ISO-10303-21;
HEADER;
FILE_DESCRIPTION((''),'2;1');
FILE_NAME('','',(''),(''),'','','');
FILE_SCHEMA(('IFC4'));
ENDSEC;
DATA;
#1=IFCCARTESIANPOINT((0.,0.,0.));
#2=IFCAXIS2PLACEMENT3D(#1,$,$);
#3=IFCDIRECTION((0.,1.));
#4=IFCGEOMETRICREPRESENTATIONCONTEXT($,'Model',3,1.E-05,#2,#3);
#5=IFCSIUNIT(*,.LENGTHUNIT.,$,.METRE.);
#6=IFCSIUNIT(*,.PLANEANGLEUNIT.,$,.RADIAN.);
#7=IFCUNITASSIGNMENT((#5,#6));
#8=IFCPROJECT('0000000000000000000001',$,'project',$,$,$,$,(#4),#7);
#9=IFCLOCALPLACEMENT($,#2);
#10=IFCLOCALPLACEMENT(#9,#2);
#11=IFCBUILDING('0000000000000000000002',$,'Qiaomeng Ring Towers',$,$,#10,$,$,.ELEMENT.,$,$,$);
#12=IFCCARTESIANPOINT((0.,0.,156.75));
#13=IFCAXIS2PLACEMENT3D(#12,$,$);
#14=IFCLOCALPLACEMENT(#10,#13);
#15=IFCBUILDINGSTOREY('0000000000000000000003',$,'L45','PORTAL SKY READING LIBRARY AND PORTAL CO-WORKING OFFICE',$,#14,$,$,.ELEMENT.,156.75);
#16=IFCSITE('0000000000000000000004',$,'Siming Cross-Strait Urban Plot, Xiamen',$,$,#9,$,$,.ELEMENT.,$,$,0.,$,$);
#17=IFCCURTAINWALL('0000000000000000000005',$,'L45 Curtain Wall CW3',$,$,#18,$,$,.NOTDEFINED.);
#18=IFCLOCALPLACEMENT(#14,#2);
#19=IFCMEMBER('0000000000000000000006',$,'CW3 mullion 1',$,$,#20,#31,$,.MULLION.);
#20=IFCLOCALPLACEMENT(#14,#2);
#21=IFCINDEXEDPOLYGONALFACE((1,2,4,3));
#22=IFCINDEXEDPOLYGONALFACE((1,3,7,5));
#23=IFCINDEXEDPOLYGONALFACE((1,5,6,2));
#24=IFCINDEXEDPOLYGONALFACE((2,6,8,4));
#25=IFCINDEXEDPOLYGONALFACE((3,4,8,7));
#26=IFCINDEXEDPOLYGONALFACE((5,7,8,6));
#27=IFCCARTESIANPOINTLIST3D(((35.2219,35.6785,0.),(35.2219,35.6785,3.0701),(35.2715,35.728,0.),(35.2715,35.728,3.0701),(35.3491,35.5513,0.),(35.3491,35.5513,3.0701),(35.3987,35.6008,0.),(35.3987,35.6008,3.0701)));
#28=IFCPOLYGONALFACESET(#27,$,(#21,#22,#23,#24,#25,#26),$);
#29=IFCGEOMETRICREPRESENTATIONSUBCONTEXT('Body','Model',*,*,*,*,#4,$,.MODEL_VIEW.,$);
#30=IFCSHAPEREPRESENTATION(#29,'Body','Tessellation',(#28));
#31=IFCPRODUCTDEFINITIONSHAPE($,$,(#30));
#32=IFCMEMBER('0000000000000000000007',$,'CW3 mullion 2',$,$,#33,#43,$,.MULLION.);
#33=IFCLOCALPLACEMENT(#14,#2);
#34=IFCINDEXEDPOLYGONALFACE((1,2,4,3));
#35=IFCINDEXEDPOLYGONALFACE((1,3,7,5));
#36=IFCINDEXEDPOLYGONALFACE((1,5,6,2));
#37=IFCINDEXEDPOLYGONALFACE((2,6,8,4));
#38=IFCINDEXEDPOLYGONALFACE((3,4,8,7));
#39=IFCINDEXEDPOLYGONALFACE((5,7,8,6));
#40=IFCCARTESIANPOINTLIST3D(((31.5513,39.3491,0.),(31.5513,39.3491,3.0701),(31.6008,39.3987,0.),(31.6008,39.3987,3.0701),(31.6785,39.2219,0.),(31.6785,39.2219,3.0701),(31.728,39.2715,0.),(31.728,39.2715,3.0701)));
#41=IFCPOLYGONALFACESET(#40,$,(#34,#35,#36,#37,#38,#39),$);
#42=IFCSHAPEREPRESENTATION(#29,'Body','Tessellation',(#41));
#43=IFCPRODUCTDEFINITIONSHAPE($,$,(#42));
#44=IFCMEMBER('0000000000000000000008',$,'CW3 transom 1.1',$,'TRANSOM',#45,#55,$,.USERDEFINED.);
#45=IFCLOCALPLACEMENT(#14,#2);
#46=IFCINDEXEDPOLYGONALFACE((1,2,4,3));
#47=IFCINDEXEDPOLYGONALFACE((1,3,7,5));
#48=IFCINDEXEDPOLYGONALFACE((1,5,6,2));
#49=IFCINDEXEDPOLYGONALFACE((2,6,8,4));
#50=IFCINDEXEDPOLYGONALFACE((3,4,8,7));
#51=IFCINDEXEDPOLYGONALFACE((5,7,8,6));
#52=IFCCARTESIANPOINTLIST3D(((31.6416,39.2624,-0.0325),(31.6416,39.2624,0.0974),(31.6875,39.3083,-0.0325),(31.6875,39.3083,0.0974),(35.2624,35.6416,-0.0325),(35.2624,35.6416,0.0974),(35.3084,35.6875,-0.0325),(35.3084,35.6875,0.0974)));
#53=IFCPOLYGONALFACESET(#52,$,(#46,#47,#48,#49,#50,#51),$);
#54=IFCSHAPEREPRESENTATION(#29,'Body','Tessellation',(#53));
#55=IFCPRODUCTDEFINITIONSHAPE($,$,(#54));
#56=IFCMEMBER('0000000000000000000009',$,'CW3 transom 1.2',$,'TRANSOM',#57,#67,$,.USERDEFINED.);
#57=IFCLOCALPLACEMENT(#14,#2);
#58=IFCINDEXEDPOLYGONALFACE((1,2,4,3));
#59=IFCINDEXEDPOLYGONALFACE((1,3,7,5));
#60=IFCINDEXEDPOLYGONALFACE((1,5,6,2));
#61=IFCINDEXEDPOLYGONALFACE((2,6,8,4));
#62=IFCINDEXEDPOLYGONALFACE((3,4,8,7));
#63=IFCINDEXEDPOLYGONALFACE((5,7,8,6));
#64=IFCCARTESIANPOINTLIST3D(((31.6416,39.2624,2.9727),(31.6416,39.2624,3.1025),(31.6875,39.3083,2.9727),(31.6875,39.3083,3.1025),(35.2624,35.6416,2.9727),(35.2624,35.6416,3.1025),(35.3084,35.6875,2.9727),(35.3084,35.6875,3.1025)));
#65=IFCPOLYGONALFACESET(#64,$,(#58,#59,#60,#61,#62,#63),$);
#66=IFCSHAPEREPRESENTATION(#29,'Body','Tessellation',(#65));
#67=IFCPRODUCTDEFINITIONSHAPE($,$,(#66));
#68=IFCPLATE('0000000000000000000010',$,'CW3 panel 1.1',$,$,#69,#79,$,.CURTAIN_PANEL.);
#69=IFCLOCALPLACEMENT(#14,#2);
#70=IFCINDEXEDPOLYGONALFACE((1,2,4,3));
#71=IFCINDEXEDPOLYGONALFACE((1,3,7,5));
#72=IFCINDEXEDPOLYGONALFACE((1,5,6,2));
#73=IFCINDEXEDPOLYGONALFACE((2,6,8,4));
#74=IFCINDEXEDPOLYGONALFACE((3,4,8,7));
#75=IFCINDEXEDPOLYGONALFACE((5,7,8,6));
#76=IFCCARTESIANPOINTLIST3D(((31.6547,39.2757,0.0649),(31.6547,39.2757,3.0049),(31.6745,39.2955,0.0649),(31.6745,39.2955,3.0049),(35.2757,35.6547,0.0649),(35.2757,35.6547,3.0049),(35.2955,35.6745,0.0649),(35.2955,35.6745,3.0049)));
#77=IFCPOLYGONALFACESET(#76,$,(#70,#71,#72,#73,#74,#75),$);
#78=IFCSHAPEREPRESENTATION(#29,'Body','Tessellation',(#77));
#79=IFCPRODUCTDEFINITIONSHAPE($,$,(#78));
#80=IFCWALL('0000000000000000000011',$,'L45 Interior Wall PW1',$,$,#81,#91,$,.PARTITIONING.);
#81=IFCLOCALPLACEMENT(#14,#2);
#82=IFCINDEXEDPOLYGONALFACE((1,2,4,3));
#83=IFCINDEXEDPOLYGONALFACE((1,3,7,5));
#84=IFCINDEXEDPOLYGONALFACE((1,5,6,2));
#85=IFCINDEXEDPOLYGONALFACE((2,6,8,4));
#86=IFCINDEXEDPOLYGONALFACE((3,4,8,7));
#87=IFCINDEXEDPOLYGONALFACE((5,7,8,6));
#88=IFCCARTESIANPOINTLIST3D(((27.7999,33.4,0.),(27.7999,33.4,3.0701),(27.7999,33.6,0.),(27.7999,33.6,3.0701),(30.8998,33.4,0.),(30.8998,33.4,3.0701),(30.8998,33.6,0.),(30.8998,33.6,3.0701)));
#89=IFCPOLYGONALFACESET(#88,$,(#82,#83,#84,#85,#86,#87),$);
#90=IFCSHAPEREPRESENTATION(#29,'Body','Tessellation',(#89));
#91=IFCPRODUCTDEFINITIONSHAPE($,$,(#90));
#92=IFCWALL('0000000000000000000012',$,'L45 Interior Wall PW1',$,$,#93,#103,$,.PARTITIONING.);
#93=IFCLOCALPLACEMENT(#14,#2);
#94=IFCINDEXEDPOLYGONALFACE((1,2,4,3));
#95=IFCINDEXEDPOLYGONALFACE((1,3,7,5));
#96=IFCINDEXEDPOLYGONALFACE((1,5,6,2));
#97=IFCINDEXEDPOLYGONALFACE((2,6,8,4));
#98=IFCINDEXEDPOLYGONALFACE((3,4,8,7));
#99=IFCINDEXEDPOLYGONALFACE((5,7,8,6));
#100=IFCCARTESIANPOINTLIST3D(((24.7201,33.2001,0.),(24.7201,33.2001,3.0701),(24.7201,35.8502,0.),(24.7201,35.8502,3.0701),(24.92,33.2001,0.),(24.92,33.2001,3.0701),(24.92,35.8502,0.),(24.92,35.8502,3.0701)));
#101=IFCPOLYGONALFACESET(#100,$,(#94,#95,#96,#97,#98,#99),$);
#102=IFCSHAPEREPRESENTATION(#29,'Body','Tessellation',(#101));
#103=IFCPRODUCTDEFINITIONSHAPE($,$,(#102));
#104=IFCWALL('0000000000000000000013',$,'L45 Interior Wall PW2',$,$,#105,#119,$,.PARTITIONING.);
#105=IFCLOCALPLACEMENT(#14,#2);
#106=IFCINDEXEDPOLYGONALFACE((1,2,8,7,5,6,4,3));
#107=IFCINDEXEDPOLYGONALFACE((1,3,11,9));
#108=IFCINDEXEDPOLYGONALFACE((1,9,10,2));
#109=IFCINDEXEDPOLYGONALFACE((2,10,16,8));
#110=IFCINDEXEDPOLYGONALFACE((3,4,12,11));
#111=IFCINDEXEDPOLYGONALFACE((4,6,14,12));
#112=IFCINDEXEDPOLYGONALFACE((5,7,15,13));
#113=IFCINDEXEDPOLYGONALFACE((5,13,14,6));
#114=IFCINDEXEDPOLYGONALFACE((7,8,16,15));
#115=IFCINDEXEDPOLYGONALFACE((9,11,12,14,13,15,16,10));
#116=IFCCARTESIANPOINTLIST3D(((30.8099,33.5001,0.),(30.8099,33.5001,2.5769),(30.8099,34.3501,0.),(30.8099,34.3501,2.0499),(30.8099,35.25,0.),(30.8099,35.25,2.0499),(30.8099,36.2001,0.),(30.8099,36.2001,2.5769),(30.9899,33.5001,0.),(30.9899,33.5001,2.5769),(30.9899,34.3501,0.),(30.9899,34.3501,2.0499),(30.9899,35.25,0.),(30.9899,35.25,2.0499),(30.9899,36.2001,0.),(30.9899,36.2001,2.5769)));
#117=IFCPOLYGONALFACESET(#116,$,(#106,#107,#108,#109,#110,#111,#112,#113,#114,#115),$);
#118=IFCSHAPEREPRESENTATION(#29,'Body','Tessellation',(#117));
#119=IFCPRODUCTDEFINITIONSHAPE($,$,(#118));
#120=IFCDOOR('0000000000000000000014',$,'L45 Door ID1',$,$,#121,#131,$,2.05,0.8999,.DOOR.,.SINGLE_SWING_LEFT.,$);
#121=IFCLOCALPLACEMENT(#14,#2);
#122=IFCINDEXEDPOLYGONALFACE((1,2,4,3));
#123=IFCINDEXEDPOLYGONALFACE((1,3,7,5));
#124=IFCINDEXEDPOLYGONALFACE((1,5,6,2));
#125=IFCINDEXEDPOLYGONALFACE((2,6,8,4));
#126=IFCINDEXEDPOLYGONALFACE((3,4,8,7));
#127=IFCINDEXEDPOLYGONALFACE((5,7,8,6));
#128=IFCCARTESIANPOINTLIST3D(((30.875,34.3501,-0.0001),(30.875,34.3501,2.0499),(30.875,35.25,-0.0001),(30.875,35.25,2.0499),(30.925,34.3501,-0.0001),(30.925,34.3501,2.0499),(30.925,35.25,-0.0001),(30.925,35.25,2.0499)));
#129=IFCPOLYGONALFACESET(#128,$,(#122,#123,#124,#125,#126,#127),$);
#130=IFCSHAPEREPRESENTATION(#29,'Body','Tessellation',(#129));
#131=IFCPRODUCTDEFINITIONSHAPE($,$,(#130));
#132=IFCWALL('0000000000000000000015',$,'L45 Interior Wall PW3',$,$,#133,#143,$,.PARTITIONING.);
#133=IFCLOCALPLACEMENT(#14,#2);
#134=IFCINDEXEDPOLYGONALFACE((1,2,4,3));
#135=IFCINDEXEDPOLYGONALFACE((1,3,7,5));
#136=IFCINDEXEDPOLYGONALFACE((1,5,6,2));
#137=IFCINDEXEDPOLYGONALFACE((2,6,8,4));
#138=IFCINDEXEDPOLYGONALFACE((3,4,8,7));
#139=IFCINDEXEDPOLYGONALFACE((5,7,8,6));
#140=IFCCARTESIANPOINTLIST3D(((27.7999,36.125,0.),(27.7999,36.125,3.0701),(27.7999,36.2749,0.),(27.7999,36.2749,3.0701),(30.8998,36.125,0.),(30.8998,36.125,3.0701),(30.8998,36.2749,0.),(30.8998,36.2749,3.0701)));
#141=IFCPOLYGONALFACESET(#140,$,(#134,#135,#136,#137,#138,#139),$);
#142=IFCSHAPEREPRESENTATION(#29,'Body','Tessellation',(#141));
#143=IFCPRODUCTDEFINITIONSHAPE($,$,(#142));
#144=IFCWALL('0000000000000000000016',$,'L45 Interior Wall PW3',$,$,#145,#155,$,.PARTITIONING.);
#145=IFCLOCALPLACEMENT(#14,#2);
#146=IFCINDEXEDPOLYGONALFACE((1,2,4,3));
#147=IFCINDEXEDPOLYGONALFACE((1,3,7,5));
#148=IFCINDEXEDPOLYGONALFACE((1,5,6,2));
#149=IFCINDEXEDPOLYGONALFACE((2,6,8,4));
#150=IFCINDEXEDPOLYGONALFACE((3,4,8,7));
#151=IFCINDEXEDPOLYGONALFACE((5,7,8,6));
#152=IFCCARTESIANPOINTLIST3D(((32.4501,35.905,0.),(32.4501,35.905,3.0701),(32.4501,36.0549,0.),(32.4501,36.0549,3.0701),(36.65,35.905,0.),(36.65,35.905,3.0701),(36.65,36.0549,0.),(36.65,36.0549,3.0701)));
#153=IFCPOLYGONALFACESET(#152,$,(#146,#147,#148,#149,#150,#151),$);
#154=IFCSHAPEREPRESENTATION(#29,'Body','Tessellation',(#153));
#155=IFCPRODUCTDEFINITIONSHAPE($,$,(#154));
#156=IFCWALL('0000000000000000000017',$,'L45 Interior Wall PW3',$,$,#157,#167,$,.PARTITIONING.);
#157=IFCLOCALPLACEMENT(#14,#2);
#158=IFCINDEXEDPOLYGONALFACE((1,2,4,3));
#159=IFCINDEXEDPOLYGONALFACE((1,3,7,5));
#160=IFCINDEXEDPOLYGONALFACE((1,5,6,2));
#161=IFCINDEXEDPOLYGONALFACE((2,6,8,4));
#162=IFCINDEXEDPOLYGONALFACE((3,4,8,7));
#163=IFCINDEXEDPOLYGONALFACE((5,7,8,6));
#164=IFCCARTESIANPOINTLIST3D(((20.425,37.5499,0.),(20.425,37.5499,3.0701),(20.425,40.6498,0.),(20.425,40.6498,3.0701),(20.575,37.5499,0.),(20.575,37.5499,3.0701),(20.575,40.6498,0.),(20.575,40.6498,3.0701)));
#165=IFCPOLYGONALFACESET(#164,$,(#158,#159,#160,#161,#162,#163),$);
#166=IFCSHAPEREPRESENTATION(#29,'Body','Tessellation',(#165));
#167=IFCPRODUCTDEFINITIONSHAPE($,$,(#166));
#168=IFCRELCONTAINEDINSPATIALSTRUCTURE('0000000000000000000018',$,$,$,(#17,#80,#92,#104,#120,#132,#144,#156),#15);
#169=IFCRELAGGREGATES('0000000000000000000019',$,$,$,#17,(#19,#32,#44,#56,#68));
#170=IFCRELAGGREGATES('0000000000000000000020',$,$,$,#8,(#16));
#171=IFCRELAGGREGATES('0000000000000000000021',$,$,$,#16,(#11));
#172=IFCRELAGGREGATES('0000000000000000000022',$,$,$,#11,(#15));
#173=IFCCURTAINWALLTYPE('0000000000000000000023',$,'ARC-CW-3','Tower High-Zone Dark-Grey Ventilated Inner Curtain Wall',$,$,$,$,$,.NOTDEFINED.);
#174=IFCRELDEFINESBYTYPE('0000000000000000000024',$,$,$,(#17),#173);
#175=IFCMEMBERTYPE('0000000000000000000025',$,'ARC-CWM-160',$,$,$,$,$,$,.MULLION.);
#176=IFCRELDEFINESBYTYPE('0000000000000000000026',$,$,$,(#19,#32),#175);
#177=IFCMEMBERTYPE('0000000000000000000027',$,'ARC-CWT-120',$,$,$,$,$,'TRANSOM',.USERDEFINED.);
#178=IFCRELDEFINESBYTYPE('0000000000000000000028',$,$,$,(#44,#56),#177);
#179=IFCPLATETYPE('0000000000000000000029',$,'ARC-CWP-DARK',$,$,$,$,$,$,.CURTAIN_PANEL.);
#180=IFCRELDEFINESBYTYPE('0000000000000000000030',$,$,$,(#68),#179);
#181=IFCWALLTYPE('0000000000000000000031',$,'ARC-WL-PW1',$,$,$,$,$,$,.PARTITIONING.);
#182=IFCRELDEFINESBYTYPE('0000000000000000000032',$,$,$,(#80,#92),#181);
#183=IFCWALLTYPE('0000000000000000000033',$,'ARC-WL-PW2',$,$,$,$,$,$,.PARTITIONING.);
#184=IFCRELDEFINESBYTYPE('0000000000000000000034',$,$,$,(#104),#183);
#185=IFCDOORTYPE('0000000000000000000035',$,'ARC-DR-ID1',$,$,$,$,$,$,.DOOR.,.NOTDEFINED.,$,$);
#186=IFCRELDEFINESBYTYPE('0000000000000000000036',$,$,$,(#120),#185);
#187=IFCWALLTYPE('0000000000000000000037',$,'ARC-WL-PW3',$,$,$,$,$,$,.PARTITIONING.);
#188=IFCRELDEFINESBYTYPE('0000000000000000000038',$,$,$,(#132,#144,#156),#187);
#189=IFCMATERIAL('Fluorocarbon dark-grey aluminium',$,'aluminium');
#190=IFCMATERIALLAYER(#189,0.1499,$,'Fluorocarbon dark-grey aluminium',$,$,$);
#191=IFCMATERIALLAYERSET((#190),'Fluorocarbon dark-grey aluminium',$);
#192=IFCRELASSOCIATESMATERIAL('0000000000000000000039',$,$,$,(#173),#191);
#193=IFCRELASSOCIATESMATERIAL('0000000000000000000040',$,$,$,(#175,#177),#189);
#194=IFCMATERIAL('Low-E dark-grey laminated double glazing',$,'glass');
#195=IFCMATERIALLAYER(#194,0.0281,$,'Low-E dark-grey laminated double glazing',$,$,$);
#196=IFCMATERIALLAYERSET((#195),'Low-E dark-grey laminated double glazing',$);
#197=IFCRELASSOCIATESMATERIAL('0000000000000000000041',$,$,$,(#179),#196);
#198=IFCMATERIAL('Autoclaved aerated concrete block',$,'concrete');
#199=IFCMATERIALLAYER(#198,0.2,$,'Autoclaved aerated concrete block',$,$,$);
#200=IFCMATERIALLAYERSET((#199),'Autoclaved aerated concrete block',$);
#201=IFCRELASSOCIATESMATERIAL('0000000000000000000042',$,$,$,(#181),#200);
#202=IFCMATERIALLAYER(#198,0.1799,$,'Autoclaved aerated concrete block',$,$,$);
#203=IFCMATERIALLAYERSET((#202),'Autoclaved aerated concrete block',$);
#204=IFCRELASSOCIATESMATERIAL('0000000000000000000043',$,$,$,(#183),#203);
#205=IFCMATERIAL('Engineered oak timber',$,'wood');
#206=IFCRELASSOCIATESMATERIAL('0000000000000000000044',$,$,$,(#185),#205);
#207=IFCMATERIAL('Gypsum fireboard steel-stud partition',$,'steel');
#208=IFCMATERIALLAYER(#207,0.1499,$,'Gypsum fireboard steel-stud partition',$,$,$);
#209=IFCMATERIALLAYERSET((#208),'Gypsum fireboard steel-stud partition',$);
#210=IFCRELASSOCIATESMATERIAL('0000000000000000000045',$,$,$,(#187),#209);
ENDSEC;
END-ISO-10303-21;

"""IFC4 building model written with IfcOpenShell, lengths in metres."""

from ifc_helpers import new_model, si_unit, direction, frame, frame_2d, origin, origin_2d, place, context, subcontext, project, spatial, rectangle, extrude, source, transform, mapped, material, layer, layer_set, material_profile, profile_set, type_object, element, fill, aggregate, save


model = new_model("IFC4")

# Units and contexts
model_context = context("Model", 3, precision=1e-05, world=origin(), true_north=direction((0.0, 1.0)))
body_context = subcontext(model_context, "Body", "Model", "MODEL_VIEW")
ifc_project = project(units=[si_unit("LENGTHUNIT", "METRE"), si_unit("PLANEANGLEUNIT", "RADIAN")], contexts=[model_context])

# Site, building, storey
site_placement = place(None, origin())
site = spatial("IfcSite", under=ifc_project, at=site_placement, Name="Siming Cross-Strait Urban Plot, Xiamen", CompositionType="ELEMENT", RefElevation=0.0)
building_placement = place(site_placement, origin())
building = spatial("IfcBuilding", under=site, at=building_placement, Name="Qiaomeng Ring Towers", CompositionType="ELEMENT")
storey_placement = place(building_placement, frame((0.0, 0.0, 156.75)))
storey = spatial("IfcBuildingStorey", under=building, at=storey_placement, Name="L45", Description="PORTAL SKY READING LIBRARY AND PORTAL CO-WORKING OFFICE", CompositionType="ELEMENT", Elevation=156.75)

# Curtain wall, members, plate
ifc_material_1 = material(Name="Fluorocarbon dark-grey aluminium", Category="aluminium")
ifc_layer_1 = layer(ifc_material_1, 0.1499, Name="Fluorocarbon dark-grey aluminium")
ifc_layer_set_1 = layer_set([ifc_layer_1], Name="Fluorocarbon dark-grey aluminium")
curtain_wall_type = type_object("IfcCurtainWallType", Name="ARC-CW-3", Description="Tower High-Zone Dark-Grey Ventilated Inner Curtain Wall", PredefinedType="NOTDEFINED", material=ifc_layer_set_1)
curtain_wall_placement = place(storey_placement, origin())
curtain_wall = element("IfcCurtainWall", 1, at=curtain_wall_placement, inside=storey, type_object=curtain_wall_type, Name="L45 Curtain Wall CW3", PredefinedType="NOTDEFINED")
ifc_material_profile_1 = material_profile(ifc_material_1, rectangle(XDim=0.0701, YDim=0.1799, at=origin_2d()), Name="ALU MULL 70x180")
ifc_profile_set_1 = profile_set([ifc_material_profile_1], Name="Fluorocarbon dark-grey aluminium")
member_type_1 = type_object("IfcMemberType", Name="ARC-CWM-160", PredefinedType="MULLION", material=ifc_profile_set_1)
shared_shape_1 = source(origin(), body_context, "Body", "SweptSolid", [
    extrude(rectangle(XDim=0.0701, YDim=0.1799, at=origin_2d()), origin(), (0.0, 0.0, 1.0), 3.0701),
])
member_1_placement = place(storey_placement, frame((35.3103, 35.6396, 0.0), z_axis=(0.0, 0.0, 1.0), x_axis=(-0.707107, -0.707107, 0.0)))
member_1 = element("IfcMember", 2, at=member_1_placement, type_object=member_type_1, Name="CW3 mullion 1", PredefinedType="MULLION", context=body_context, shape_type="MappedRepresentation", body=[
    mapped(shared_shape_1, transform((0.0, 0.0, 0.0), x_axis=(1.0, 0.0, 0.0), y_axis=(0.0, 1.0, 0.0), z_axis=(0.0, 0.0, 1.0), scale=1.0)),
])
member_2_placement = place(storey_placement, frame((31.6396, 39.3103, 0.0), z_axis=(0.0, 0.0, 1.0), x_axis=(-0.707107, -0.707107, 0.0)))
member_2 = element("IfcMember", 3, at=member_2_placement, type_object=member_type_1, Name="CW3 mullion 2", PredefinedType="MULLION", context=body_context, shape_type="MappedRepresentation", body=[
    mapped(shared_shape_1, transform((0.0, 0.0, 0.0), x_axis=(1.0, 0.0, 0.0), y_axis=(0.0, 1.0, 0.0), z_axis=(0.0, 0.0, 1.0), scale=1.0)),
])
ifc_material_profile_2 = material_profile(ifc_material_1, rectangle(XDim=0.0649, YDim=0.1299, at=origin_2d()), Name="ALU TRAN 65x130")
ifc_profile_set_2 = profile_set([ifc_material_profile_2], Name="Fluorocarbon dark-grey aluminium")
member_type_2 = type_object("IfcMemberType", Name="ARC-CWT-120", ElementType="TRANSOM", PredefinedType="USERDEFINED", material=ifc_profile_set_2)
shared_shape_2 = source(origin(), body_context, "Body", "SweptSolid", [
    extrude(rectangle(XDim=0.0649, YDim=0.1299, at=origin_2d()), origin(), (0.0, 0.0, 1.0), 5.1206),
])
member_3_placement = place(storey_placement, frame((35.2854, 35.6646, 0.0325), z_axis=(-0.707107, 0.707107, 0.0), x_axis=(-0.707107, -0.707107, 0.0)))
member_3 = element("IfcMember", 4, at=member_3_placement, type_object=member_type_2, Name="CW3 transom 1.1", ObjectType="TRANSOM", PredefinedType="USERDEFINED", context=body_context, shape_type="MappedRepresentation", body=[
    mapped(shared_shape_2, transform((0.0, 0.0, 0.0), x_axis=(1.0, 0.0, 0.0), y_axis=(0.0, 1.0, 0.0), z_axis=(0.0, 0.0, 1.0), scale=1.0)),
])
member_4_placement = place(storey_placement, frame((35.2854, 35.6646, 3.0376), z_axis=(-0.707107, 0.707107, 0.0), x_axis=(-0.707107, -0.707107, 0.0)))
member_4 = element("IfcMember", 5, at=member_4_placement, type_object=member_type_2, Name="CW3 transom 1.2", ObjectType="TRANSOM", PredefinedType="USERDEFINED", context=body_context, shape_type="MappedRepresentation", body=[
    mapped(shared_shape_2, transform((0.0, 0.0, 0.0), x_axis=(1.0, 0.0, 0.0), y_axis=(0.0, 1.0, 0.0), z_axis=(0.0, 0.0, 1.0), scale=1.0)),
])
ifc_material_2 = material(Name="Low-E dark-grey laminated double glazing", Category="glass")
ifc_layer_2 = layer(ifc_material_2, 0.0281, Name="Low-E dark-grey laminated double glazing")
ifc_layer_set_2 = layer_set([ifc_layer_2], Name="Low-E dark-grey laminated double glazing")
plate_type = type_object("IfcPlateType", Name="ARC-CWP-DARK", PredefinedType="CURTAIN_PANEL", material=ifc_layer_set_2)
shared_shape_3 = source(origin(), body_context, "Body", "SweptSolid", [
    extrude(rectangle(XDim=5.1208, YDim=0.0281, at=origin_2d()), origin(), (0.0, 0.0, 1.0), 2.9399),
])
plate_placement = place(storey_placement, frame((33.4751, 37.4751, 0.0649), z_axis=(0.0, 0.0, 1.0), x_axis=(-0.707107, 0.707107, 0.0)))
plate = element("IfcPlate", 6, at=plate_placement, type_object=plate_type, Name="CW3 panel 1.1", PredefinedType="CURTAIN_PANEL", context=body_context, shape_type="MappedRepresentation", body=[
    mapped(shared_shape_3, transform((0.0, 0.0, 0.0), x_axis=(1.0, 0.0, 0.0), y_axis=(0.0, 1.0, 0.0), z_axis=(0.0, 0.0, 1.0), scale=1.0)),
])
aggregate(curtain_wall, [member_1, member_2, member_3, member_4, plate])

# Walls
ifc_material_3 = material(Name="Autoclaved aerated concrete block", Category="concrete")
ifc_layer_3 = layer(ifc_material_3, 0.2, Name="Autoclaved aerated concrete block")
ifc_layer_set_3 = layer_set([ifc_layer_3], Name="Autoclaved aerated concrete block")
wall_type_1 = type_object("IfcWallType", Name="ARC-WL-PW1", PredefinedType="PARTITIONING", material=ifc_layer_set_3)
wall_1_placement = place(storey_placement, frame((27.8, 33.5, 0.0), z_axis=(0.0, 0.0, 1.0), x_axis=(1.0, 0.0, 0.0)))
element("IfcWall", 7, at=wall_1_placement, inside=storey, type_object=wall_type_1, Name="L45 Interior Wall PW1", PredefinedType="PARTITIONING", context=body_context, shape_type="SweptSolid", body=[
    extrude(rectangle(XDim=3.0999, YDim=0.2, at=frame_2d((1.5498, 0.0))), origin(), (0.0, 0.0, 1.0), 3.0701),
])
wall_2_placement = place(storey_placement, frame((24.8201, 33.2, 0.0), z_axis=(0.0, 0.0, 1.0), x_axis=(0.0, 1.0, 0.0)))
element("IfcWall", 8, at=wall_2_placement, inside=storey, type_object=wall_type_1, Name="L45 Interior Wall PW1", PredefinedType="PARTITIONING", context=body_context, shape_type="SweptSolid", body=[
    extrude(rectangle(XDim=2.6501, YDim=0.2, at=frame_2d((1.3252, 0.0))), origin(), (0.0, 0.0, 1.0), 3.0701),
])

# Wall, opening, door
ifc_layer_4 = layer(ifc_material_3, 0.1799, Name="Autoclaved aerated concrete block")
ifc_layer_set_4 = layer_set([ifc_layer_4], Name="Autoclaved aerated concrete block")
wall_type_2 = type_object("IfcWallType", Name="ARC-WL-PW2", PredefinedType="PARTITIONING", material=ifc_layer_set_4)
wall_3_placement = place(storey_placement, frame((30.8999, 33.5, 0.0), z_axis=(0.0, 0.0, 1.0), x_axis=(0.0, 1.0, 0.0)))
wall_3 = element("IfcWall", 9, at=wall_3_placement, inside=storey, type_object=wall_type_2, Name="L45 Interior Wall PW2", PredefinedType="PARTITIONING", context=body_context, shape_type="SweptSolid", body=[
    extrude(rectangle(XDim=2.7, YDim=0.1799, at=frame_2d((1.3501, 0.0))), origin(), (0.0, 0.0, 1.0), 2.5769),
])
opening_placement = place(wall_3_placement, frame((0.8501, 0.0, 0.0)))
opening = element("IfcOpeningElement", 10, at=opening_placement, cuts=wall_3, PredefinedType="OPENING", context=body_context, shape_type="SweptSolid", body=[
    extrude(rectangle(XDim=0.8999, YDim=2.05, at=frame_2d((0.45, 1.0249))), frame((0.0, 0.0999, 0.0), z_axis=(0.0, -1.0, 0.0), x_axis=(1.0, 0.0, 0.0)), (0.0, 0.0, 1.0), 0.2),
])
ifc_material_4 = material(Name="Engineered oak timber", Category="wood")
door_type = type_object("IfcDoorType", Name="ARC-DR-ID1", OperationType="NOTDEFINED", PredefinedType="DOOR", material=ifc_material_4)
shared_shape_4 = source(origin(), body_context, "Body", "SweptSolid", [
    extrude(rectangle(XDim=0.8999, YDim=2.05, at=frame_2d((0.45, 1.0249))), frame((0.0, 0.0249, 0.0), z_axis=(0.0, -1.0, 0.0), x_axis=(1.0, 0.0, 0.0)), (0.0, 0.0, 1.0), 0.05),
])
door_placement = place(opening_placement, origin())
door = element("IfcDoor", 11, at=door_placement, inside=storey, type_object=door_type, Name="L45 Door ID1", OperationType="SINGLE_SWING_LEFT", OverallHeight=2.05, OverallWidth=0.8999, PredefinedType="DOOR", context=body_context, shape_type="MappedRepresentation", body=[
    mapped(shared_shape_4, transform((0.0, 0.0, 0.0), x_axis=(1.0, 0.0, 0.0), y_axis=(0.0, 1.0, 0.0), z_axis=(0.0, 0.0, 1.0), scale=1.0)),
])
fill(opening, door)

# Walls
ifc_material_5 = material(Name="Gypsum fireboard steel-stud partition", Category="steel")
ifc_layer_5 = layer(ifc_material_5, 0.1499, Name="Gypsum fireboard steel-stud partition")
ifc_layer_set_5 = layer_set([ifc_layer_5], Name="Gypsum fireboard steel-stud partition")
wall_type_3 = type_object("IfcWallType", Name="ARC-WL-PW3", PredefinedType="PARTITIONING", material=ifc_layer_set_5)
wall_4_placement = place(storey_placement, frame((27.8, 36.2, 0.0), z_axis=(0.0, 0.0, 1.0), x_axis=(1.0, 0.0, 0.0)))
element("IfcWall", 12, at=wall_4_placement, inside=storey, type_object=wall_type_3, Name="L45 Interior Wall PW3", PredefinedType="PARTITIONING", context=body_context, shape_type="SweptSolid", body=[
    extrude(rectangle(XDim=3.0999, YDim=0.1499, at=frame_2d((1.5498, 0.0))), origin(), (0.0, 0.0, 1.0), 3.0701),
])
wall_5_placement = place(storey_placement, frame((32.45, 35.98, 0.0), z_axis=(0.0, 0.0, 1.0), x_axis=(1.0, 0.0, 0.0)))
element("IfcWall", 13, at=wall_5_placement, inside=storey, type_object=wall_type_3, Name="L45 Interior Wall PW3", PredefinedType="PARTITIONING", context=body_context, shape_type="SweptSolid", body=[
    extrude(rectangle(XDim=4.2, YDim=0.1499, at=frame_2d((2.1001, 0.0))), origin(), (0.0, 0.0, 1.0), 3.0701),
])
wall_6_placement = place(storey_placement, frame((20.5, 37.55, 0.0), z_axis=(0.0, 0.0, 1.0), x_axis=(0.0, 1.0, 0.0)))
element("IfcWall", 14, at=wall_6_placement, inside=storey, type_object=wall_type_3, Name="L45 Interior Wall PW3", PredefinedType="PARTITIONING", context=body_context, shape_type="SweptSolid", body=[
    extrude(rectangle(XDim=3.0999, YDim=0.1499, at=frame_2d((1.5498, 0.0))), origin(), (0.0, 0.0, 1.0), 3.0701),
])

save(model, "model.ifc")
